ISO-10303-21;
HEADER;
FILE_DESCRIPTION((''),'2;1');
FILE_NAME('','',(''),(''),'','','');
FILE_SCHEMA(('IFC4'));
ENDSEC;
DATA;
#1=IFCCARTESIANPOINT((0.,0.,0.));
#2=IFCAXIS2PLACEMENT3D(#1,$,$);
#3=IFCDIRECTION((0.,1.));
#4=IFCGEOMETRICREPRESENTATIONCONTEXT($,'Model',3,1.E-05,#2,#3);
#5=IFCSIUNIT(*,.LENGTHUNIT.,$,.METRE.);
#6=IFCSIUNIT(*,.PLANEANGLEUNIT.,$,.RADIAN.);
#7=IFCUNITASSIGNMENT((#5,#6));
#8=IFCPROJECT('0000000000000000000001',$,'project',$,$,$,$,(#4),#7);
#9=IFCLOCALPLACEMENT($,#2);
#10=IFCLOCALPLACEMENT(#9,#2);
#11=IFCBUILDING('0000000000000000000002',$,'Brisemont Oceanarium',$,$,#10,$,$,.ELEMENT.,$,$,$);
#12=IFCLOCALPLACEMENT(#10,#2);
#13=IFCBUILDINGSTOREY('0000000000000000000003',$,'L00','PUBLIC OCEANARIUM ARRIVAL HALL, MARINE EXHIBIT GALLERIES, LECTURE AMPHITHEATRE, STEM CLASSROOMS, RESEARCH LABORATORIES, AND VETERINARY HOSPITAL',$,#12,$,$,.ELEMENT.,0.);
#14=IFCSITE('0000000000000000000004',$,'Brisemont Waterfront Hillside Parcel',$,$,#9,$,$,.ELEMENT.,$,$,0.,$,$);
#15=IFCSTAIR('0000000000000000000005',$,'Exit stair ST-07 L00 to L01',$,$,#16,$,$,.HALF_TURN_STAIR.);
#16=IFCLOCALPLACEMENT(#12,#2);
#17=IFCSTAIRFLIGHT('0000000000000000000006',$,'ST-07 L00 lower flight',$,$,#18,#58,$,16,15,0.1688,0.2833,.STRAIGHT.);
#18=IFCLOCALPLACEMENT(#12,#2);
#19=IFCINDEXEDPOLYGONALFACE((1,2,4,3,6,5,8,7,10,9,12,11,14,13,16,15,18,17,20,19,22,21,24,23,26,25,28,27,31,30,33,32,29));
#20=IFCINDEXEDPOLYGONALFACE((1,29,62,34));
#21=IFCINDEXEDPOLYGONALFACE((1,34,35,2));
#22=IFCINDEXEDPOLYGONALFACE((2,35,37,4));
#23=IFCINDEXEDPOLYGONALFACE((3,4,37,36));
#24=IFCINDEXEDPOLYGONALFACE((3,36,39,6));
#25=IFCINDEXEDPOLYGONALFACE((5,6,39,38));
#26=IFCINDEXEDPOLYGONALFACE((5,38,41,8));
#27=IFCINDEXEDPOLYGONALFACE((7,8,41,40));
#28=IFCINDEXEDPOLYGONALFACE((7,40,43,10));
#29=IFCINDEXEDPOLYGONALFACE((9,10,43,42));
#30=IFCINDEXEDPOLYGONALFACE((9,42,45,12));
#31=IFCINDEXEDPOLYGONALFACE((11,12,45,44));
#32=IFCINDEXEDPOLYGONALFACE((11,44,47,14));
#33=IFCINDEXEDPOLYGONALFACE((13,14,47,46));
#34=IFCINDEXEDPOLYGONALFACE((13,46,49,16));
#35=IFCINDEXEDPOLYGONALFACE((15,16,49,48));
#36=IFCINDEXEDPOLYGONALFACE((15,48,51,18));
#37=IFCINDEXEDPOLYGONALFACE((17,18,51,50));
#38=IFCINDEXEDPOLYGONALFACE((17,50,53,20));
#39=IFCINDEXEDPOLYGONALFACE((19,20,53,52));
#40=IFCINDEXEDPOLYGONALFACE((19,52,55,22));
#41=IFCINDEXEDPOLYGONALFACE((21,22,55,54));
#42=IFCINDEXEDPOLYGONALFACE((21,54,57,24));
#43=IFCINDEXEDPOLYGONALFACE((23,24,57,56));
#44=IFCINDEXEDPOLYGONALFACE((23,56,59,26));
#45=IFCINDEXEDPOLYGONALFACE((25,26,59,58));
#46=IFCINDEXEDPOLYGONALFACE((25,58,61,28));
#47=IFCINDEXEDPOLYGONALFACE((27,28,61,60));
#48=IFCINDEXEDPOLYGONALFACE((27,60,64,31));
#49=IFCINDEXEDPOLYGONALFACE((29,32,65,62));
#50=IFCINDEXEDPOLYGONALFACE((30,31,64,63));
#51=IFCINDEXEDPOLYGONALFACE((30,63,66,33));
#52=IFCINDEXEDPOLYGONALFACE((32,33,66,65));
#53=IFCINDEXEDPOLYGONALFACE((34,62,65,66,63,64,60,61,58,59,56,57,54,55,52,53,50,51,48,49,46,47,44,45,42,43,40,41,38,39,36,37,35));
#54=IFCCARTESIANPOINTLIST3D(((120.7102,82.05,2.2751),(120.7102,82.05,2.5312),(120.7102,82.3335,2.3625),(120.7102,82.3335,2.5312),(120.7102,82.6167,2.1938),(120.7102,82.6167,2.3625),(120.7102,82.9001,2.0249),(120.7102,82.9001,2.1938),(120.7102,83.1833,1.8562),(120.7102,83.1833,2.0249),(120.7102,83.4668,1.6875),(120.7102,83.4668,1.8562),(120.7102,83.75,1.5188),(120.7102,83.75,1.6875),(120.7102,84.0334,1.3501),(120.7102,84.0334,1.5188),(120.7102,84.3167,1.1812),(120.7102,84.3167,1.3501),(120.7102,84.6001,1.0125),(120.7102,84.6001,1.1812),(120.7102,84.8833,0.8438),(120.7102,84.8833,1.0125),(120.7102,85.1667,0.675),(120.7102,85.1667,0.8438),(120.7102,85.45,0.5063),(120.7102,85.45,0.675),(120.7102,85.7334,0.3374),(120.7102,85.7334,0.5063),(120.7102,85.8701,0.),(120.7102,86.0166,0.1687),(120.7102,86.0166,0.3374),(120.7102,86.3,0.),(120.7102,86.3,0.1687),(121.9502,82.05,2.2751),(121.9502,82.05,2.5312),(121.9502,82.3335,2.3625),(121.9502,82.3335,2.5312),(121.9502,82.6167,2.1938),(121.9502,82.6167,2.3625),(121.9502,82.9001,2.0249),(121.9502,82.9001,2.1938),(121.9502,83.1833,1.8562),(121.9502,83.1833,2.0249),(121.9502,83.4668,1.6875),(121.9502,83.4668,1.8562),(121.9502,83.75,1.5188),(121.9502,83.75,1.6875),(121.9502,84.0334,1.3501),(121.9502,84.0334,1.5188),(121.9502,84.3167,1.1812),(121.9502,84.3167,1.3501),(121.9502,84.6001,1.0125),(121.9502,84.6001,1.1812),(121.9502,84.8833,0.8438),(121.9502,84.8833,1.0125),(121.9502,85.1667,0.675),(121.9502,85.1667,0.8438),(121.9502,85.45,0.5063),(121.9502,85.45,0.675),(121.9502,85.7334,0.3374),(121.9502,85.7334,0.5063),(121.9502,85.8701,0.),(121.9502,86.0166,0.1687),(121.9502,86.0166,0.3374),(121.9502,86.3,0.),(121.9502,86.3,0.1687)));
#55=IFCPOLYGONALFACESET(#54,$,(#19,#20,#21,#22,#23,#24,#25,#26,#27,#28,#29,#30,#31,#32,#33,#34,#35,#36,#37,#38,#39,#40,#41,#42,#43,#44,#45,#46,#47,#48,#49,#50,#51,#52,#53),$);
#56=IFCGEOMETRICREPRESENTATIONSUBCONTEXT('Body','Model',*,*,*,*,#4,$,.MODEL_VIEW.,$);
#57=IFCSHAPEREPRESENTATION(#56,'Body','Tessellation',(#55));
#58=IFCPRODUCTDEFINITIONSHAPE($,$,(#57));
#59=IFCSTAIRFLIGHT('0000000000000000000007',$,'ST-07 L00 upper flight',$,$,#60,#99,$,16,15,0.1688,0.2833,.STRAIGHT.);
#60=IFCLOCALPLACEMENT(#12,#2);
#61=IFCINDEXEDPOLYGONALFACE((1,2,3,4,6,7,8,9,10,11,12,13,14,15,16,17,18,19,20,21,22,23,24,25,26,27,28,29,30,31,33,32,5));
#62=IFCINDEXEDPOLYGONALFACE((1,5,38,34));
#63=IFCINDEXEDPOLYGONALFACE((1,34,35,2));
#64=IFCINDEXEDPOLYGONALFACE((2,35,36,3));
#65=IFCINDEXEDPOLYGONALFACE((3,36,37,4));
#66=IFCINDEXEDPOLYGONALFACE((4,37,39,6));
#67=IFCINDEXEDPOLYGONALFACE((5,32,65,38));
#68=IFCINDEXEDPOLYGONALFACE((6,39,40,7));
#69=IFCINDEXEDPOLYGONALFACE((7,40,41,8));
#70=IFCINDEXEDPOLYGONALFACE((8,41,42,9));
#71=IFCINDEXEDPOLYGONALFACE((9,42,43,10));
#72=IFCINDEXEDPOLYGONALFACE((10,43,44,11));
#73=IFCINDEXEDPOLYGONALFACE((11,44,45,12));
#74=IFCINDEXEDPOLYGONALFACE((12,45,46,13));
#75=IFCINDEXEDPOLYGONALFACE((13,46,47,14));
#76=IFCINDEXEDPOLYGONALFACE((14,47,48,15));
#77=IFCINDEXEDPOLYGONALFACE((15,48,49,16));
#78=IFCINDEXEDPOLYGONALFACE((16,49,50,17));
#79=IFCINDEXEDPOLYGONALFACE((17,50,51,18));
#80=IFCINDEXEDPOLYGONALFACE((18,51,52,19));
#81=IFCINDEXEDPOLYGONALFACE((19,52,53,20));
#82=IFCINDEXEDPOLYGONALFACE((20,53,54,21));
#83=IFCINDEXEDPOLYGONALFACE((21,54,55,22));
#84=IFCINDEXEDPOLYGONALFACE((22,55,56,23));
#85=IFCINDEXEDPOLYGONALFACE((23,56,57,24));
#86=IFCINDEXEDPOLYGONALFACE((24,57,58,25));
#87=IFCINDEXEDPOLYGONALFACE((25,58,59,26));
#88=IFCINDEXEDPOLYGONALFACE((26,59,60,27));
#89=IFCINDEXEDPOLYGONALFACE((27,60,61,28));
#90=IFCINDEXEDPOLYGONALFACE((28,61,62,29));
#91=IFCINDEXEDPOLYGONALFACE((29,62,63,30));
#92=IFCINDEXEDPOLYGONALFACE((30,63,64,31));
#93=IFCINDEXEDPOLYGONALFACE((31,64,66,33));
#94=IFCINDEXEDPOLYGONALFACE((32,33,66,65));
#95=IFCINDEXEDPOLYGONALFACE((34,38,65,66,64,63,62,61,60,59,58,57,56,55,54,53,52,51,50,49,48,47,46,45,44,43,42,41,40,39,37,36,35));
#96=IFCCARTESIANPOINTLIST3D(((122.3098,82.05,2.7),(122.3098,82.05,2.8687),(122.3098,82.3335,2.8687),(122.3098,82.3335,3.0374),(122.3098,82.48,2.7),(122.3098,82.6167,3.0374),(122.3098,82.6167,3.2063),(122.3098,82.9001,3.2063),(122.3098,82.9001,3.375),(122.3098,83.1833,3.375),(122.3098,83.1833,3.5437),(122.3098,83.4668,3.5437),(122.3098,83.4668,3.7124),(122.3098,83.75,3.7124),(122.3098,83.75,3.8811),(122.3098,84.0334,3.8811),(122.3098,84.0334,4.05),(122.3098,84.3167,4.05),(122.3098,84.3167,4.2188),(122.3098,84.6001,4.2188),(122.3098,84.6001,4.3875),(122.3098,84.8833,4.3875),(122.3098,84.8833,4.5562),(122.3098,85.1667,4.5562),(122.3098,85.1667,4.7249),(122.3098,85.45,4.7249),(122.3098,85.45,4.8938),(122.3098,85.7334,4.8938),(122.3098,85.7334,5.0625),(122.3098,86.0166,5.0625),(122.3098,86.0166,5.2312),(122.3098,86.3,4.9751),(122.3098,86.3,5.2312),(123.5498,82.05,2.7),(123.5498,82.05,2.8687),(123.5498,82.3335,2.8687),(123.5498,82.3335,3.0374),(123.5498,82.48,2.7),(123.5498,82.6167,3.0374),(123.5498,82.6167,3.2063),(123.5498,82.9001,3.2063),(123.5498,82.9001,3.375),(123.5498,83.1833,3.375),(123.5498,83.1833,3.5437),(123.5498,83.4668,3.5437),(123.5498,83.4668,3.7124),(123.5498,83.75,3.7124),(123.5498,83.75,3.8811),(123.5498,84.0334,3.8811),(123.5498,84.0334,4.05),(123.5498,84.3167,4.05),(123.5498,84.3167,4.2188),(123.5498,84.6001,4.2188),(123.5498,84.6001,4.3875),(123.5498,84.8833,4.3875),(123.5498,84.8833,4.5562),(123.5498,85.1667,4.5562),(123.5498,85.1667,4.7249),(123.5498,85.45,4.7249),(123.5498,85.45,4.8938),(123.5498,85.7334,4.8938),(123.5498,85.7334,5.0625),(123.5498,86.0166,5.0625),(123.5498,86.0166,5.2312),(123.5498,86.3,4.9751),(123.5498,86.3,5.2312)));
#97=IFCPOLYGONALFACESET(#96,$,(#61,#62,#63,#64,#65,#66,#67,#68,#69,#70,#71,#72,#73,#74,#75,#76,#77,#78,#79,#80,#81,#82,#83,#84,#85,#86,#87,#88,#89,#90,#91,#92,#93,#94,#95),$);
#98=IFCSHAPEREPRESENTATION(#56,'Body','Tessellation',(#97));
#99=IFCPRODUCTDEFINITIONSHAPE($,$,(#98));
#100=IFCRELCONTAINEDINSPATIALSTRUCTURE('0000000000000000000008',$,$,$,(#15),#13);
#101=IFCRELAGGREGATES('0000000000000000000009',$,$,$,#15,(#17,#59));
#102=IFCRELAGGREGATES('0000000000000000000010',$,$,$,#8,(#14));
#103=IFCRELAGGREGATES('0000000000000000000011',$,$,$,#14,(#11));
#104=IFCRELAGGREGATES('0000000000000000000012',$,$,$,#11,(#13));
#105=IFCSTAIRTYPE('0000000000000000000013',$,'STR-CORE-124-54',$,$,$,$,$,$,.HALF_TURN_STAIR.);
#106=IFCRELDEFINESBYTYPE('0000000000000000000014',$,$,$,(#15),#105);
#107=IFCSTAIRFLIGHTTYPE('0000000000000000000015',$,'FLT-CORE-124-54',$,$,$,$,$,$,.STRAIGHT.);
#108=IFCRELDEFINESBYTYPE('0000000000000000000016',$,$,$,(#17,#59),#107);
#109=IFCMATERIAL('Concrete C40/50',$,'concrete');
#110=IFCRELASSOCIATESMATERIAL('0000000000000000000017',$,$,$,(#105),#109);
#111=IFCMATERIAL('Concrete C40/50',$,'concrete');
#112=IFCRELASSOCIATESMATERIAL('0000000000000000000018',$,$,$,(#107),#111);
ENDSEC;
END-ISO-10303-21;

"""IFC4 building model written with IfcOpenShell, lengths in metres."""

from ifc_helpers import new_model, si_unit, direction, frame, origin, place, context, subcontext, project, spatial, polyline, outline, extrude, material, type_object, element, aggregate, save


model = new_model("IFC4")

# Units and contexts
model_context = context("Model", 3, precision=1e-05, world=origin(), true_north=direction((0.0, 1.0)))
body_context = subcontext(model_context, "Body", "Model", "MODEL_VIEW")
ifc_project = project(units=[si_unit("LENGTHUNIT", "METRE"), si_unit("PLANEANGLEUNIT", "RADIAN")], contexts=[model_context])

# Site, building, storey
site_placement = place(None, origin())
site = spatial("IfcSite", under=ifc_project, at=site_placement, Name="Brisemont Waterfront Hillside Parcel", CompositionType="ELEMENT", RefElevation=0.0)
building_placement = place(site_placement, origin())
building = spatial("IfcBuilding", under=site, at=building_placement, Name="Brisemont Oceanarium", CompositionType="ELEMENT")
storey_placement = place(building_placement, origin())
storey = spatial("IfcBuildingStorey", under=building, at=storey_placement, Name="L00", Description="PUBLIC OCEANARIUM ARRIVAL HALL, MARINE EXHIBIT GALLERIES, LECTURE AMPHITHEATRE, STEM CLASSROOMS, RESEARCH LABORATORIES, AND VETERINARY HOSPITAL", CompositionType="ELEMENT", Elevation=0.0)

# Stair, stair flights
ifc_material_1 = material(Name="Concrete C40/50", Category="concrete")
stair_type = type_object("IfcStairType", Name="STR-CORE-124-54", PredefinedType="HALF_TURN_STAIR", material=ifc_material_1)
stair_placement = place(storey_placement, origin())
stair = element("IfcStair", 1, at=stair_placement, inside=storey, type_object=stair_type, Name="Exit stair ST-07 L00 to L01", PredefinedType="HALF_TURN_STAIR")
ifc_material_2 = material(Name="Concrete C40/50", Category="concrete")
stair_flight_type = type_object("IfcStairFlightType", Name="FLT-CORE-124-54", PredefinedType="STRAIGHT", material=ifc_material_2)
stair_flight_1_placement = place(storey_placement, frame((121.3301, 86.3, 0.0), z_axis=(0.0, 0.0, 1.0), x_axis=(0.0, -1.0, 0.0)))
stair_flight_1 = element("IfcStairFlight", 2, at=stair_flight_1_placement, type_object=stair_flight_type, Name="ST-07 L00 lower flight", NumberOfRisers=16, NumberOfTreads=15, PredefinedType="STRAIGHT", RiserHeight=0.1688, TreadLength=0.2833, context=body_context, shape_type="SweptSolid", body=[
    extrude(outline(polyline([(0.0, 0.0), (0.0, 0.1687), (0.2834, 0.1687), (0.2834, 0.3374), (0.5667, 0.3374), (0.5667, 0.5063), (0.8501, 0.5063), (0.8501, 0.675), (1.1333, 0.675), (1.1333, 0.8438), (1.4167, 0.8438), (1.4167, 1.0125), (1.7, 1.0125), (1.7, 1.1812), (1.9834, 1.1812), (1.9834, 1.3501), (2.2666, 1.3501), (2.2666, 1.5188), (2.55, 1.5188), (2.55, 1.6875), (2.8333, 1.6875), (2.8333, 1.8562), (3.1167, 1.8562), (3.1167, 2.0249), (3.3999, 2.0249), (3.3999, 2.1938), (3.6833, 2.1938), (3.6833, 2.3625), (3.9666, 2.3625), (3.9666, 2.5312), (4.25, 2.5312), (4.25, 2.7), (4.25, 2.2751), (0.4299, 0.0), (0.0, 0.0)])), frame((0.0, 0.6201, 0.0), z_axis=(0.0, -1.0, 0.0), x_axis=(1.0, 0.0, 0.0)), (0.0, 0.0, 1.0), 1.24),
])
stair_flight_2_placement = place(storey_placement, frame((122.9299, 82.05, 2.7), z_axis=(0.0, 0.0, 1.0), x_axis=(0.0, 1.0, 0.0)))
stair_flight_2 = element("IfcStairFlight", 3, at=stair_flight_2_placement, type_object=stair_flight_type, Name="ST-07 L00 upper flight", NumberOfRisers=16, NumberOfTreads=15, PredefinedType="STRAIGHT", RiserHeight=0.1688, TreadLength=0.2833, context=body_context, shape_type="SweptSolid", body=[
    extrude(outline(polyline([(0.0, 0.0), (0.0, 0.1687), (0.2834, 0.1687), (0.2834, 0.3374), (0.5667, 0.3374), (0.5667, 0.5063), (0.8501, 0.5063), (0.8501, 0.675), (1.1333, 0.675), (1.1333, 0.8438), (1.4167, 0.8438), (1.4167, 1.0125), (1.7, 1.0125), (1.7, 1.1812), (1.9834, 1.1812), (1.9834, 1.3501), (2.2666, 1.3501), (2.2666, 1.5188), (2.55, 1.5188), (2.55, 1.6875), (2.8333, 1.6875), (2.8333, 1.8562), (3.1167, 1.8562), (3.1167, 2.0249), (3.3999, 2.0249), (3.3999, 2.1938), (3.6833, 2.1938), (3.6833, 2.3625), (3.9666, 2.3625), (3.9666, 2.5312), (4.25, 2.5312), (4.25, 2.7), (4.25, 2.2751), (0.4299, 0.0), (0.0, 0.0)])), frame((0.0, 0.6201, 0.0), z_axis=(0.0, -1.0, 0.0), x_axis=(1.0, 0.0, 0.0)), (0.0, 0.0, 1.0), 1.24),
])
aggregate(stair, [stair_flight_1, stair_flight_2])

save(model, "model.ifc")
